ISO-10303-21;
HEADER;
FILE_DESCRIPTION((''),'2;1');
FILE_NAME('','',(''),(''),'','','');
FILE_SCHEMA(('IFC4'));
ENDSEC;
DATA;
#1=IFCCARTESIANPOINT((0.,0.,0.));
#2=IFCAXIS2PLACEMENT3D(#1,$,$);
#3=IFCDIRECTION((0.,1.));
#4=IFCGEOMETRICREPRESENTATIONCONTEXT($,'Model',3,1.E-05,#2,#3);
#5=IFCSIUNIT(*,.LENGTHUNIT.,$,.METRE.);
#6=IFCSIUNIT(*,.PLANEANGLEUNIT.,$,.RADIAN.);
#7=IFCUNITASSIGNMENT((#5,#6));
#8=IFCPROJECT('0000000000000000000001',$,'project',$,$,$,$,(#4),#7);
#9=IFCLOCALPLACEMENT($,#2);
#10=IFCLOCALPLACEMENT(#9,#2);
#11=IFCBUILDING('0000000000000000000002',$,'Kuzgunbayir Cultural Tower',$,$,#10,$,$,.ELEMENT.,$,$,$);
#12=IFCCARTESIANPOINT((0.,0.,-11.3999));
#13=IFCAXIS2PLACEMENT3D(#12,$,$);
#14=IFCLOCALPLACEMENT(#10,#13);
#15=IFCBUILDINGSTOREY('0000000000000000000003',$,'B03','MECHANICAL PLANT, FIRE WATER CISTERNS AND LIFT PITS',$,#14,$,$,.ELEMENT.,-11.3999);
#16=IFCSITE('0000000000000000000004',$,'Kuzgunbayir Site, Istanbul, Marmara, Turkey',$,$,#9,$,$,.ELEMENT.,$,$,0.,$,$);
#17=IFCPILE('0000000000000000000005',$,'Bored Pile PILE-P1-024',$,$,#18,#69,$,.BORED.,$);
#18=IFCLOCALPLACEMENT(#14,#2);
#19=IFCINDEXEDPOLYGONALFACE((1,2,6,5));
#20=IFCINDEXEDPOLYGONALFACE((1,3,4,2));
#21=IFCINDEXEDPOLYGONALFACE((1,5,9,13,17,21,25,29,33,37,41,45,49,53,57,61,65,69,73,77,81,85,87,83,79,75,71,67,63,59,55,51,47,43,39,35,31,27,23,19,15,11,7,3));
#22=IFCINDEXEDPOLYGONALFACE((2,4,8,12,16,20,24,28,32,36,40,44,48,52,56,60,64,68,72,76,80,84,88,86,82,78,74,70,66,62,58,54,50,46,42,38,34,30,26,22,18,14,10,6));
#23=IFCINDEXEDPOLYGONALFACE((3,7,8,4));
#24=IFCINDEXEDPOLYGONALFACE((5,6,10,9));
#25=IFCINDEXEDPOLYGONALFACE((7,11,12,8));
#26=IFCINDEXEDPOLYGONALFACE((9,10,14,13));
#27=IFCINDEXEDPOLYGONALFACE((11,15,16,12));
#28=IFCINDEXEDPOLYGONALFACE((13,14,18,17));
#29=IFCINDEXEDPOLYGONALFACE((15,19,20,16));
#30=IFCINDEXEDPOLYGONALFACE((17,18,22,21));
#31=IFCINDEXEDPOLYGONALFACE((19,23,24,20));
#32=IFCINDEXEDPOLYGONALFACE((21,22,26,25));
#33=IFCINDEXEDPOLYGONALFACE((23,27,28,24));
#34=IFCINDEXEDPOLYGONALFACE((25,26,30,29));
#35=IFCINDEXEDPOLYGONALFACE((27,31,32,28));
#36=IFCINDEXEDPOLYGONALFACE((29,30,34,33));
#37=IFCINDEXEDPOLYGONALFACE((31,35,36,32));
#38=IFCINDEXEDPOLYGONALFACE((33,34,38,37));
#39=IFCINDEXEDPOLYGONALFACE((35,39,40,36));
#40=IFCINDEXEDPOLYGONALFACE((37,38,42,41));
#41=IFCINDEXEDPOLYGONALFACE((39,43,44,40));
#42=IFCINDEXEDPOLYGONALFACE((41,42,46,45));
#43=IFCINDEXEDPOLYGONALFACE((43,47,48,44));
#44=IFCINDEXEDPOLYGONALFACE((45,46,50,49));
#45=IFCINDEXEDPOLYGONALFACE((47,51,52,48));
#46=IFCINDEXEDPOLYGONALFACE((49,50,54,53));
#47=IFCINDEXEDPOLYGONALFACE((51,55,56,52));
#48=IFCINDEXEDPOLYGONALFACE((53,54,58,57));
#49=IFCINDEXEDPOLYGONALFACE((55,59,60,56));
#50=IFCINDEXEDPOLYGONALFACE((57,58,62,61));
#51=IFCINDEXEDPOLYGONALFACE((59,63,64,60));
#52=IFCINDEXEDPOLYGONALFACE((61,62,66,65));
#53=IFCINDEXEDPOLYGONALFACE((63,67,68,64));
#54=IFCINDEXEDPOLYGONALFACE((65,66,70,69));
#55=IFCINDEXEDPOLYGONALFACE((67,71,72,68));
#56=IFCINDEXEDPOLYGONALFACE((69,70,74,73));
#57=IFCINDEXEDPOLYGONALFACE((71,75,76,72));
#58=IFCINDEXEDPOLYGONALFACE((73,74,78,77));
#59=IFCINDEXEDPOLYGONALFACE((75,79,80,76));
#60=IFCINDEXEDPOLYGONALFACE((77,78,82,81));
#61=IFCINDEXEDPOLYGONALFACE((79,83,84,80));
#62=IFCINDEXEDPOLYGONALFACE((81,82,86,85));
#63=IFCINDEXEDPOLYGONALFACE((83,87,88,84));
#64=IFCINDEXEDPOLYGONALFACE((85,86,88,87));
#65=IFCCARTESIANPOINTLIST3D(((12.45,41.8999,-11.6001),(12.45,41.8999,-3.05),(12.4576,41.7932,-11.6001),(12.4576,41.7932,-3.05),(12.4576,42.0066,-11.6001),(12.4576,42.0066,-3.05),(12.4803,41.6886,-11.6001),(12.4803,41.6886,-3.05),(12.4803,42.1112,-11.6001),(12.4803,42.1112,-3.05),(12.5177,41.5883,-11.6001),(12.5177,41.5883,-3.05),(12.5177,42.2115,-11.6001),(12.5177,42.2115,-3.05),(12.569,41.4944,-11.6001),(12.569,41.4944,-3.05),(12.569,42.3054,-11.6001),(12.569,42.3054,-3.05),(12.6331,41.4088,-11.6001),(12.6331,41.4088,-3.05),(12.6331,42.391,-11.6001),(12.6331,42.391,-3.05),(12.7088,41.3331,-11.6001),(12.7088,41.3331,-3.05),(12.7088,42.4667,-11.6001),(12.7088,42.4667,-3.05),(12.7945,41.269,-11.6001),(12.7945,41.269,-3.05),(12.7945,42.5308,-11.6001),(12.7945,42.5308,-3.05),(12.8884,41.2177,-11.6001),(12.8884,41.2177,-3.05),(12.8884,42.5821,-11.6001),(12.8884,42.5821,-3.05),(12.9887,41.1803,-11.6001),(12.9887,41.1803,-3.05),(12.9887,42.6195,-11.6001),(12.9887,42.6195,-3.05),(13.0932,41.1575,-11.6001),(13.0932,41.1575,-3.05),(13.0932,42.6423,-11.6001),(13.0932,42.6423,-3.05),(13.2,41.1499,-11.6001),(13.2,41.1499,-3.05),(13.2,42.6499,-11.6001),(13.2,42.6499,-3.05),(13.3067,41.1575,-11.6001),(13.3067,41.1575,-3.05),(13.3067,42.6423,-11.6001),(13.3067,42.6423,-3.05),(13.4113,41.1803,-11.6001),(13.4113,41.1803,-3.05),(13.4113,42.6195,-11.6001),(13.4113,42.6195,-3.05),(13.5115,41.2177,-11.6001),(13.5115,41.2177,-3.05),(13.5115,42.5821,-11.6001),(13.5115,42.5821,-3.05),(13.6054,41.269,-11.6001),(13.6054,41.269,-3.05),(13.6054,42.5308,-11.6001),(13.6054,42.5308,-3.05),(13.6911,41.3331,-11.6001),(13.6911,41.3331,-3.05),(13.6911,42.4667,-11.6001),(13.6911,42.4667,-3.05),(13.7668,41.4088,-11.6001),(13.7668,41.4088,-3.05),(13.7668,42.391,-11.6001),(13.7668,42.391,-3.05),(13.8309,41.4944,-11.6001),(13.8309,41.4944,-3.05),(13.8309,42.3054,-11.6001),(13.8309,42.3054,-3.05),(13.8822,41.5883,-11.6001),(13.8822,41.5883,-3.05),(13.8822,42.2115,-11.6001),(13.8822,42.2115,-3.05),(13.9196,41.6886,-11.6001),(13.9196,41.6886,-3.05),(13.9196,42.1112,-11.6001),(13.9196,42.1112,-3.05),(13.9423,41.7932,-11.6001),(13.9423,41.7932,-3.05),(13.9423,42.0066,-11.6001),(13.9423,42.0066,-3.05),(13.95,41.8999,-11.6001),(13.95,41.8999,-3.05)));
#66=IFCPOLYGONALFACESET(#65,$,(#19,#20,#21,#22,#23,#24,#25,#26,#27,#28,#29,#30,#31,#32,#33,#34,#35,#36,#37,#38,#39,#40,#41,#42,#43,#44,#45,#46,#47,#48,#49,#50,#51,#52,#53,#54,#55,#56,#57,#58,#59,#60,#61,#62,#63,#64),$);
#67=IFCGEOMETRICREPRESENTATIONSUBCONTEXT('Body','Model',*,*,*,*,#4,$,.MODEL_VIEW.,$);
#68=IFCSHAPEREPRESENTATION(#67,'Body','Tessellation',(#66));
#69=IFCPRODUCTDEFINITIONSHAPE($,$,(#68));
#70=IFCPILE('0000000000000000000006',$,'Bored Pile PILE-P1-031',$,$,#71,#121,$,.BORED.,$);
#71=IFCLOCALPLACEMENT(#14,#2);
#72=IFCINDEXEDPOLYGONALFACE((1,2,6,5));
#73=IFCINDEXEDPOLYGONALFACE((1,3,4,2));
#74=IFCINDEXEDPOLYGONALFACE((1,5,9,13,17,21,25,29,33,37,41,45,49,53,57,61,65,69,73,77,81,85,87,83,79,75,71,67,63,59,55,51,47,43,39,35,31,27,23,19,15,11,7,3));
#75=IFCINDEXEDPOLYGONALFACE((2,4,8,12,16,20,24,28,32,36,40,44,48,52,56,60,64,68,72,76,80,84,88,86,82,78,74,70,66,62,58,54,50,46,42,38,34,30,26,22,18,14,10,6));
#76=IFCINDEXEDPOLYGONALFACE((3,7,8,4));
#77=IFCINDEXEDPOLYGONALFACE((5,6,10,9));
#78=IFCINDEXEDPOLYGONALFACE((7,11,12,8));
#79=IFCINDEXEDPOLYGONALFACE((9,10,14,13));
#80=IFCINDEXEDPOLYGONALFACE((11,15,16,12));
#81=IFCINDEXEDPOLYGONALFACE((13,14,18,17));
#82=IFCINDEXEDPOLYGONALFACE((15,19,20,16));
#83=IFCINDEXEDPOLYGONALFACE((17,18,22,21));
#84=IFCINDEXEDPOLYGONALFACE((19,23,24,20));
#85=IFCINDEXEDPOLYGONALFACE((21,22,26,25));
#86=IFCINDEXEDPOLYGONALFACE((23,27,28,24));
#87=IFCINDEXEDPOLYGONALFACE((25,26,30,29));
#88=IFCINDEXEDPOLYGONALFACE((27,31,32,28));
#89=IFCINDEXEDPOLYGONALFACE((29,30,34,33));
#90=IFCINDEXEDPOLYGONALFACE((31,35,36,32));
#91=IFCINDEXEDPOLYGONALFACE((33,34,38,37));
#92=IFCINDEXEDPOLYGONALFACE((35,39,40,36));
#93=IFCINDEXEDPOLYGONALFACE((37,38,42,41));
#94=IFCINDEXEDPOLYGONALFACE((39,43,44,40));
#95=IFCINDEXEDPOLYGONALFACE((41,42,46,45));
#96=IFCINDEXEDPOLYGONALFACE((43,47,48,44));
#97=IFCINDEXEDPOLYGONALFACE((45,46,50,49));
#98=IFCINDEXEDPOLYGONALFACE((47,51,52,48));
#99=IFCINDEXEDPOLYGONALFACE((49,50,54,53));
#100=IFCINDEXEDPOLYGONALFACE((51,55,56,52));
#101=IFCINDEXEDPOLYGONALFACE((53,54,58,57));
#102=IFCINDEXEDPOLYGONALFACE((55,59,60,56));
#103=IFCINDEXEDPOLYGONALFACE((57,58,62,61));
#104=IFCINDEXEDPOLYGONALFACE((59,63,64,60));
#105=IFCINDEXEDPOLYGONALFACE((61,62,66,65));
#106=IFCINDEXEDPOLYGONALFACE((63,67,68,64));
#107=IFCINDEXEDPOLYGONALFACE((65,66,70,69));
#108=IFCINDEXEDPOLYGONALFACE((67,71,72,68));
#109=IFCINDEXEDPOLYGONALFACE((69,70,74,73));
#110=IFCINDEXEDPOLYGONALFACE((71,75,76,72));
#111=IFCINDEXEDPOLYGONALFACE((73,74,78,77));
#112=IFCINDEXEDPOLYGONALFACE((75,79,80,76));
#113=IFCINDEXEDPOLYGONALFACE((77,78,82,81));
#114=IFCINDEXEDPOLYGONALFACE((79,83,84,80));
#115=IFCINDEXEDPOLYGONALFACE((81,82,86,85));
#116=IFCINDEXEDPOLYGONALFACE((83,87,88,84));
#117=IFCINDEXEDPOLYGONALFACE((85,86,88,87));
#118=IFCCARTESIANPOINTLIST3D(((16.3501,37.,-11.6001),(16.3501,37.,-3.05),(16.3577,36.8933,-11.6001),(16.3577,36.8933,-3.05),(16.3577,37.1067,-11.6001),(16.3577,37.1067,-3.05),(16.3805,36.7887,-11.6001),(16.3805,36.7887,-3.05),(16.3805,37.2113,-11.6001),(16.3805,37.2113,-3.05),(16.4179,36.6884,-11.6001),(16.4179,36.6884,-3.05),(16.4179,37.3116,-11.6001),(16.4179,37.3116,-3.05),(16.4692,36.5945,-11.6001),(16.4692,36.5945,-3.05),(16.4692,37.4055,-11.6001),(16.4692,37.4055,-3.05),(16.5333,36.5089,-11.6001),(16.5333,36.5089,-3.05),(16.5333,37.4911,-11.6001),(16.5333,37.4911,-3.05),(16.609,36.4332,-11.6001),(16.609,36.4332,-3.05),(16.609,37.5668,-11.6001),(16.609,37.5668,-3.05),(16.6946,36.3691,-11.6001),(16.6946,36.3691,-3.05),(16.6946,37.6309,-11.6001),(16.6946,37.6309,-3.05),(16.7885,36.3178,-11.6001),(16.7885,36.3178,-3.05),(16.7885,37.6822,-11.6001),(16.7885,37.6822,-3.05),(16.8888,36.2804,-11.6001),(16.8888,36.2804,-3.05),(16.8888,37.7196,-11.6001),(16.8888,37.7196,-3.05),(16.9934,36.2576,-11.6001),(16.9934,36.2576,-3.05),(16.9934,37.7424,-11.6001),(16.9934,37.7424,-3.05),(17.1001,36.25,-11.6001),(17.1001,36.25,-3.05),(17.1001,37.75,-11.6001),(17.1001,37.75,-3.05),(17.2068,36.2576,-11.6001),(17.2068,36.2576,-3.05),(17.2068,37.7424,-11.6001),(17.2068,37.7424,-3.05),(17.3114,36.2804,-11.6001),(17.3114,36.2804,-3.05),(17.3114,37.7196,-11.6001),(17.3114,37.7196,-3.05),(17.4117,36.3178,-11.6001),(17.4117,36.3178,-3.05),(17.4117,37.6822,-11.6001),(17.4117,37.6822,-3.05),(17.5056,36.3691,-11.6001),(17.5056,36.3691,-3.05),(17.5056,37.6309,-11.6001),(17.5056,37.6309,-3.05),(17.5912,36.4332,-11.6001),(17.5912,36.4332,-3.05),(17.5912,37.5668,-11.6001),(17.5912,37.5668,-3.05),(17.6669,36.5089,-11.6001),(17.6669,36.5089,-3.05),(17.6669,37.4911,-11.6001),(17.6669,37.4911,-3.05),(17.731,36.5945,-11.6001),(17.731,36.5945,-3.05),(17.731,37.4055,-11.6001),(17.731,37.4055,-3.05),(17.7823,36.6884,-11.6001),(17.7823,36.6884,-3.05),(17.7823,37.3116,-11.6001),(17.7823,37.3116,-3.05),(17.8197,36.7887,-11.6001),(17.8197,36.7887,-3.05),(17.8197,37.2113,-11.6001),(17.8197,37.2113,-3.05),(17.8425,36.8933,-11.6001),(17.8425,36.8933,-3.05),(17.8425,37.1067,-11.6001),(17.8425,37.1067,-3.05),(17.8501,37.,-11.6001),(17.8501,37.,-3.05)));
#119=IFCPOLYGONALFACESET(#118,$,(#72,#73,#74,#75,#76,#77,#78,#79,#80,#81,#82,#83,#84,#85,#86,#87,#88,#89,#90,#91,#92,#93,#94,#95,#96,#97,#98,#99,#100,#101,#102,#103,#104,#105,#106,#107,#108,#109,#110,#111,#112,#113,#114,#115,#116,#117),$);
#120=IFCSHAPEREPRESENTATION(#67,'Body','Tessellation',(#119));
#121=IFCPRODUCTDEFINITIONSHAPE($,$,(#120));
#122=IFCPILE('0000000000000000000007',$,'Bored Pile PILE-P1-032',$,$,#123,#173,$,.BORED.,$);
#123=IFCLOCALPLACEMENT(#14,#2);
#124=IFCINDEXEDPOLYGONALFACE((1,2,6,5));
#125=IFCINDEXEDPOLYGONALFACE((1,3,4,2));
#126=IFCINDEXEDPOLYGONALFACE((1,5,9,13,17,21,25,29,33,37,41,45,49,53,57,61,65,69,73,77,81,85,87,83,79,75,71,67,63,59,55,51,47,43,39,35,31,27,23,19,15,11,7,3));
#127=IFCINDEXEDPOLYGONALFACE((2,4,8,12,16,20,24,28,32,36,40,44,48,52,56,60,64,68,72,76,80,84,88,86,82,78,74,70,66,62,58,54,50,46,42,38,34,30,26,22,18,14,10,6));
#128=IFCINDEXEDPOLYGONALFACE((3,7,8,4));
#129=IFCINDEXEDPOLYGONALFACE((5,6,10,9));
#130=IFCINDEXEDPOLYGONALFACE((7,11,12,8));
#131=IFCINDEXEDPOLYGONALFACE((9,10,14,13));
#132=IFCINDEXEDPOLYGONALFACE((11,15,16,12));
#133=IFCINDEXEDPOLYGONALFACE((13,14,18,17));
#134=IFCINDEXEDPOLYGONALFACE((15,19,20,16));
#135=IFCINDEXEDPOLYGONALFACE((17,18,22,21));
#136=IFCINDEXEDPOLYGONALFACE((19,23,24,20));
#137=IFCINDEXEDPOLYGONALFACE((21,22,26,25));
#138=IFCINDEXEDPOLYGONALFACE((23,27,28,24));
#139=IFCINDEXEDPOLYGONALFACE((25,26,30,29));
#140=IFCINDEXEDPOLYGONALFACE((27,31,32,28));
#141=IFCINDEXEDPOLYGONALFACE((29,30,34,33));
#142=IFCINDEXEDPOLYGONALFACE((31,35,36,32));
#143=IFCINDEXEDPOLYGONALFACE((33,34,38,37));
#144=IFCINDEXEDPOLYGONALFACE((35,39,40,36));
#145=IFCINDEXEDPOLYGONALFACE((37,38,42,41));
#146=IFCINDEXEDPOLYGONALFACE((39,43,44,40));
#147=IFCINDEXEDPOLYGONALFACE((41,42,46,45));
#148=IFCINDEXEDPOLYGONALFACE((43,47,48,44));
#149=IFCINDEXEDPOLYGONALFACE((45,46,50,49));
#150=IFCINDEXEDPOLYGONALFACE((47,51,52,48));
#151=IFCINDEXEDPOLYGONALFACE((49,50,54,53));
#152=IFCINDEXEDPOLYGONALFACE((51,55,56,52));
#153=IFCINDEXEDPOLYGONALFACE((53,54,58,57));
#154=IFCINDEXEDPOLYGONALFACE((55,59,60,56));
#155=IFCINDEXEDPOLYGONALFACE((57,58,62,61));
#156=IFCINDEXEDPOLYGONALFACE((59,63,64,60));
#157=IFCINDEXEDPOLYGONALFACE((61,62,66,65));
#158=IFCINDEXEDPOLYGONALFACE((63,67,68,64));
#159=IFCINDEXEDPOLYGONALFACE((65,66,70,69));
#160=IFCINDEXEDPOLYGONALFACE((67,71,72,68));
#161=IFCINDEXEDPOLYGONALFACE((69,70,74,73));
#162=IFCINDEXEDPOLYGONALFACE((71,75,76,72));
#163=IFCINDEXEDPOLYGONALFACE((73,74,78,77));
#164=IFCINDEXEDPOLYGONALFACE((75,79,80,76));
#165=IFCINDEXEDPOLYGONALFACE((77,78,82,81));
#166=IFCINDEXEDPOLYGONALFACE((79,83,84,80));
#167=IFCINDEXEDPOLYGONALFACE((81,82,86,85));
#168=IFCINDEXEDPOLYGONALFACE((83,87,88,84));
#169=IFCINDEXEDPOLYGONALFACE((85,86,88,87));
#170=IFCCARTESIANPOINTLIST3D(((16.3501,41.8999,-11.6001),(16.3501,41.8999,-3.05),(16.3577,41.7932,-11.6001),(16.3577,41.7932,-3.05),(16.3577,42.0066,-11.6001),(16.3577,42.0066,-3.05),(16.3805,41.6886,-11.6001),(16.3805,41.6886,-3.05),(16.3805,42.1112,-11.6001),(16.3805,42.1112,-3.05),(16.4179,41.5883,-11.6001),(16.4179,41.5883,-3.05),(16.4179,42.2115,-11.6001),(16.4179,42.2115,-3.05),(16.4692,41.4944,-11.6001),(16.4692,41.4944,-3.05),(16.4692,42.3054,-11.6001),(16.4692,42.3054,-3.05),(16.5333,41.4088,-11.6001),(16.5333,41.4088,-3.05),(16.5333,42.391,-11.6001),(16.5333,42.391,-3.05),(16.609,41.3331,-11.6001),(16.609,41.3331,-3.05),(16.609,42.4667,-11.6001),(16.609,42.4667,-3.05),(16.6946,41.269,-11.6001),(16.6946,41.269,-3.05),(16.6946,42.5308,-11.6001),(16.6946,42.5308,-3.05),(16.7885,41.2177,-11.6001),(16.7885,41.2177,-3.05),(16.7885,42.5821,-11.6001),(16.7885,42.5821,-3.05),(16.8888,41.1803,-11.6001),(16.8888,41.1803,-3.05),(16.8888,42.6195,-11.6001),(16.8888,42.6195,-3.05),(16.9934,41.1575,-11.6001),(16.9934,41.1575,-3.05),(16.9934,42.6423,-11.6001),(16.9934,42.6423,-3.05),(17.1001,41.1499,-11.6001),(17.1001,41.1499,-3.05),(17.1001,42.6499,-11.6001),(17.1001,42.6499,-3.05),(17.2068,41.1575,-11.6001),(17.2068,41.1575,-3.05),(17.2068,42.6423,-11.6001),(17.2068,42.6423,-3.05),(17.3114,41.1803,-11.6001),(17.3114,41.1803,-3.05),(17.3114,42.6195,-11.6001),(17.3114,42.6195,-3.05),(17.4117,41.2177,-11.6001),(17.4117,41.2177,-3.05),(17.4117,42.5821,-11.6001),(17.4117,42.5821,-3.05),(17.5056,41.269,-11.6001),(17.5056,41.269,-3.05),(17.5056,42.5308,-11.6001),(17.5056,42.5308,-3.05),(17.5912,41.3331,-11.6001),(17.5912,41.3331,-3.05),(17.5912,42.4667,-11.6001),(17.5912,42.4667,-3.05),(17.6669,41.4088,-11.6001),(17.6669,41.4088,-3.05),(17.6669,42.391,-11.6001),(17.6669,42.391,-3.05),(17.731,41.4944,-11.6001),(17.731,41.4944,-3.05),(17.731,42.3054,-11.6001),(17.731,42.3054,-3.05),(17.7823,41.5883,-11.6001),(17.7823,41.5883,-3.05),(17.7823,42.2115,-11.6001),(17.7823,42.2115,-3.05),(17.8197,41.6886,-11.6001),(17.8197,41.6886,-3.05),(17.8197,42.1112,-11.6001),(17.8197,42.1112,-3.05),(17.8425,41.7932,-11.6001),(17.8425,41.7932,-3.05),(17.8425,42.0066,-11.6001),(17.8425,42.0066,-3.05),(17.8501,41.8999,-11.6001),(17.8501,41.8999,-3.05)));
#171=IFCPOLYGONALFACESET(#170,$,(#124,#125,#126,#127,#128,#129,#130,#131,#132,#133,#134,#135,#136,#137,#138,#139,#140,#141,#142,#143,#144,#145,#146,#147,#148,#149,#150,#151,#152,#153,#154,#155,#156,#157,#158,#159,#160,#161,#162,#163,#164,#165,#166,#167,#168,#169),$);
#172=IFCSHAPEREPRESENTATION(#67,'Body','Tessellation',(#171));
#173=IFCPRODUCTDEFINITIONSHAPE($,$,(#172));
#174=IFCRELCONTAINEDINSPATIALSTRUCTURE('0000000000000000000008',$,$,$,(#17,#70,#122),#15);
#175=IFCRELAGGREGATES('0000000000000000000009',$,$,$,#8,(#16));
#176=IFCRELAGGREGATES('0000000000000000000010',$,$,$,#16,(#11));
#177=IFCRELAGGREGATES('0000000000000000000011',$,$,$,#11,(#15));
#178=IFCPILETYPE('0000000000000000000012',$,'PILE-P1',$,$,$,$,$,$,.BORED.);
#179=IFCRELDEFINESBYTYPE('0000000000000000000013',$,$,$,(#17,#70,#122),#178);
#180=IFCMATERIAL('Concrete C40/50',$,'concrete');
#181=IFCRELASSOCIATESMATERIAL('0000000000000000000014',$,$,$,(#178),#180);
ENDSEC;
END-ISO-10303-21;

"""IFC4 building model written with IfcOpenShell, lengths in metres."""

from ifc_helpers import new_model, si_unit, direction, frame, origin, origin_2d, place, context, subcontext, project, spatial, circle, extrude, material, material_profile, profile_set, type_object, element, save


model = new_model("IFC4")

# Units and contexts
model_context = context("Model", 3, precision=1e-05, world=origin(), true_north=direction((0.0, 1.0)))
body_context = subcontext(model_context, "Body", "Model", "MODEL_VIEW")
ifc_project = project(units=[si_unit("LENGTHUNIT", "METRE"), si_unit("PLANEANGLEUNIT", "RADIAN")], contexts=[model_context])

# Site, building, storey
site_placement = place(None, origin())
site = spatial("IfcSite", under=ifc_project, at=site_placement, Name="Kuzgunbayir Site, Istanbul, Marmara, Turkey", CompositionType="ELEMENT", RefElevation=0.0)
building_placement = place(site_placement, origin())
building = spatial("IfcBuilding", under=site, at=building_placement, Name="Kuzgunbayir Cultural Tower", CompositionType="ELEMENT")
storey_placement = place(building_placement, frame((0.0, 0.0, -11.3999)))
storey = spatial("IfcBuildingStorey", under=building, at=storey_placement, Name="B03", Description="MECHANICAL PLANT, FIRE WATER CISTERNS AND LIFT PITS", CompositionType="ELEMENT", Elevation=-11.3999)

# Piles
ifc_material_1 = material(Name="Concrete C40/50", Category="concrete")
ifc_material_profile_1 = material_profile(ifc_material_1, circle(Radius=0.75, at=origin_2d()), Name="BORED PILE 1500")
ifc_profile_set_1 = profile_set([ifc_material_profile_1], Name="Concrete C40/50")
pile_type_1 = type_object("IfcPileType", Name="PILE-P1", PredefinedType="BORED", material=ifc_profile_set_1)
for number, where, z_axis, x_axis, name in (
    (1, (13.2, 41.8999, -3.05), (0.0, 0.0, -1.0), (1.0, 0.0, 0.0), "Bored Pile PILE-P1-024"),
    (2, (17.1001, 37.0, -3.05), (0.0, 0.0, -1.0), (1.0, 0.0, 0.0), "Bored Pile PILE-P1-031"),
    (3, (17.1001, 41.8999, -3.05), (0.0, 0.0, -1.0), (1.0, 0.0, 0.0), "Bored Pile PILE-P1-032"),
):
    element("IfcPile", number, at=place(storey_placement, frame(where, z_axis=z_axis, x_axis=x_axis)), inside=storey, type_object=pile_type_1, Name=name, PredefinedType="BORED", context=body_context, shape_type="SweptSolid", body=[
        extrude(circle(Radius=0.75, at=origin_2d()), origin(), (0.0, 0.0, 1.0), 8.55),
    ])

save(model, "model.ifc")
